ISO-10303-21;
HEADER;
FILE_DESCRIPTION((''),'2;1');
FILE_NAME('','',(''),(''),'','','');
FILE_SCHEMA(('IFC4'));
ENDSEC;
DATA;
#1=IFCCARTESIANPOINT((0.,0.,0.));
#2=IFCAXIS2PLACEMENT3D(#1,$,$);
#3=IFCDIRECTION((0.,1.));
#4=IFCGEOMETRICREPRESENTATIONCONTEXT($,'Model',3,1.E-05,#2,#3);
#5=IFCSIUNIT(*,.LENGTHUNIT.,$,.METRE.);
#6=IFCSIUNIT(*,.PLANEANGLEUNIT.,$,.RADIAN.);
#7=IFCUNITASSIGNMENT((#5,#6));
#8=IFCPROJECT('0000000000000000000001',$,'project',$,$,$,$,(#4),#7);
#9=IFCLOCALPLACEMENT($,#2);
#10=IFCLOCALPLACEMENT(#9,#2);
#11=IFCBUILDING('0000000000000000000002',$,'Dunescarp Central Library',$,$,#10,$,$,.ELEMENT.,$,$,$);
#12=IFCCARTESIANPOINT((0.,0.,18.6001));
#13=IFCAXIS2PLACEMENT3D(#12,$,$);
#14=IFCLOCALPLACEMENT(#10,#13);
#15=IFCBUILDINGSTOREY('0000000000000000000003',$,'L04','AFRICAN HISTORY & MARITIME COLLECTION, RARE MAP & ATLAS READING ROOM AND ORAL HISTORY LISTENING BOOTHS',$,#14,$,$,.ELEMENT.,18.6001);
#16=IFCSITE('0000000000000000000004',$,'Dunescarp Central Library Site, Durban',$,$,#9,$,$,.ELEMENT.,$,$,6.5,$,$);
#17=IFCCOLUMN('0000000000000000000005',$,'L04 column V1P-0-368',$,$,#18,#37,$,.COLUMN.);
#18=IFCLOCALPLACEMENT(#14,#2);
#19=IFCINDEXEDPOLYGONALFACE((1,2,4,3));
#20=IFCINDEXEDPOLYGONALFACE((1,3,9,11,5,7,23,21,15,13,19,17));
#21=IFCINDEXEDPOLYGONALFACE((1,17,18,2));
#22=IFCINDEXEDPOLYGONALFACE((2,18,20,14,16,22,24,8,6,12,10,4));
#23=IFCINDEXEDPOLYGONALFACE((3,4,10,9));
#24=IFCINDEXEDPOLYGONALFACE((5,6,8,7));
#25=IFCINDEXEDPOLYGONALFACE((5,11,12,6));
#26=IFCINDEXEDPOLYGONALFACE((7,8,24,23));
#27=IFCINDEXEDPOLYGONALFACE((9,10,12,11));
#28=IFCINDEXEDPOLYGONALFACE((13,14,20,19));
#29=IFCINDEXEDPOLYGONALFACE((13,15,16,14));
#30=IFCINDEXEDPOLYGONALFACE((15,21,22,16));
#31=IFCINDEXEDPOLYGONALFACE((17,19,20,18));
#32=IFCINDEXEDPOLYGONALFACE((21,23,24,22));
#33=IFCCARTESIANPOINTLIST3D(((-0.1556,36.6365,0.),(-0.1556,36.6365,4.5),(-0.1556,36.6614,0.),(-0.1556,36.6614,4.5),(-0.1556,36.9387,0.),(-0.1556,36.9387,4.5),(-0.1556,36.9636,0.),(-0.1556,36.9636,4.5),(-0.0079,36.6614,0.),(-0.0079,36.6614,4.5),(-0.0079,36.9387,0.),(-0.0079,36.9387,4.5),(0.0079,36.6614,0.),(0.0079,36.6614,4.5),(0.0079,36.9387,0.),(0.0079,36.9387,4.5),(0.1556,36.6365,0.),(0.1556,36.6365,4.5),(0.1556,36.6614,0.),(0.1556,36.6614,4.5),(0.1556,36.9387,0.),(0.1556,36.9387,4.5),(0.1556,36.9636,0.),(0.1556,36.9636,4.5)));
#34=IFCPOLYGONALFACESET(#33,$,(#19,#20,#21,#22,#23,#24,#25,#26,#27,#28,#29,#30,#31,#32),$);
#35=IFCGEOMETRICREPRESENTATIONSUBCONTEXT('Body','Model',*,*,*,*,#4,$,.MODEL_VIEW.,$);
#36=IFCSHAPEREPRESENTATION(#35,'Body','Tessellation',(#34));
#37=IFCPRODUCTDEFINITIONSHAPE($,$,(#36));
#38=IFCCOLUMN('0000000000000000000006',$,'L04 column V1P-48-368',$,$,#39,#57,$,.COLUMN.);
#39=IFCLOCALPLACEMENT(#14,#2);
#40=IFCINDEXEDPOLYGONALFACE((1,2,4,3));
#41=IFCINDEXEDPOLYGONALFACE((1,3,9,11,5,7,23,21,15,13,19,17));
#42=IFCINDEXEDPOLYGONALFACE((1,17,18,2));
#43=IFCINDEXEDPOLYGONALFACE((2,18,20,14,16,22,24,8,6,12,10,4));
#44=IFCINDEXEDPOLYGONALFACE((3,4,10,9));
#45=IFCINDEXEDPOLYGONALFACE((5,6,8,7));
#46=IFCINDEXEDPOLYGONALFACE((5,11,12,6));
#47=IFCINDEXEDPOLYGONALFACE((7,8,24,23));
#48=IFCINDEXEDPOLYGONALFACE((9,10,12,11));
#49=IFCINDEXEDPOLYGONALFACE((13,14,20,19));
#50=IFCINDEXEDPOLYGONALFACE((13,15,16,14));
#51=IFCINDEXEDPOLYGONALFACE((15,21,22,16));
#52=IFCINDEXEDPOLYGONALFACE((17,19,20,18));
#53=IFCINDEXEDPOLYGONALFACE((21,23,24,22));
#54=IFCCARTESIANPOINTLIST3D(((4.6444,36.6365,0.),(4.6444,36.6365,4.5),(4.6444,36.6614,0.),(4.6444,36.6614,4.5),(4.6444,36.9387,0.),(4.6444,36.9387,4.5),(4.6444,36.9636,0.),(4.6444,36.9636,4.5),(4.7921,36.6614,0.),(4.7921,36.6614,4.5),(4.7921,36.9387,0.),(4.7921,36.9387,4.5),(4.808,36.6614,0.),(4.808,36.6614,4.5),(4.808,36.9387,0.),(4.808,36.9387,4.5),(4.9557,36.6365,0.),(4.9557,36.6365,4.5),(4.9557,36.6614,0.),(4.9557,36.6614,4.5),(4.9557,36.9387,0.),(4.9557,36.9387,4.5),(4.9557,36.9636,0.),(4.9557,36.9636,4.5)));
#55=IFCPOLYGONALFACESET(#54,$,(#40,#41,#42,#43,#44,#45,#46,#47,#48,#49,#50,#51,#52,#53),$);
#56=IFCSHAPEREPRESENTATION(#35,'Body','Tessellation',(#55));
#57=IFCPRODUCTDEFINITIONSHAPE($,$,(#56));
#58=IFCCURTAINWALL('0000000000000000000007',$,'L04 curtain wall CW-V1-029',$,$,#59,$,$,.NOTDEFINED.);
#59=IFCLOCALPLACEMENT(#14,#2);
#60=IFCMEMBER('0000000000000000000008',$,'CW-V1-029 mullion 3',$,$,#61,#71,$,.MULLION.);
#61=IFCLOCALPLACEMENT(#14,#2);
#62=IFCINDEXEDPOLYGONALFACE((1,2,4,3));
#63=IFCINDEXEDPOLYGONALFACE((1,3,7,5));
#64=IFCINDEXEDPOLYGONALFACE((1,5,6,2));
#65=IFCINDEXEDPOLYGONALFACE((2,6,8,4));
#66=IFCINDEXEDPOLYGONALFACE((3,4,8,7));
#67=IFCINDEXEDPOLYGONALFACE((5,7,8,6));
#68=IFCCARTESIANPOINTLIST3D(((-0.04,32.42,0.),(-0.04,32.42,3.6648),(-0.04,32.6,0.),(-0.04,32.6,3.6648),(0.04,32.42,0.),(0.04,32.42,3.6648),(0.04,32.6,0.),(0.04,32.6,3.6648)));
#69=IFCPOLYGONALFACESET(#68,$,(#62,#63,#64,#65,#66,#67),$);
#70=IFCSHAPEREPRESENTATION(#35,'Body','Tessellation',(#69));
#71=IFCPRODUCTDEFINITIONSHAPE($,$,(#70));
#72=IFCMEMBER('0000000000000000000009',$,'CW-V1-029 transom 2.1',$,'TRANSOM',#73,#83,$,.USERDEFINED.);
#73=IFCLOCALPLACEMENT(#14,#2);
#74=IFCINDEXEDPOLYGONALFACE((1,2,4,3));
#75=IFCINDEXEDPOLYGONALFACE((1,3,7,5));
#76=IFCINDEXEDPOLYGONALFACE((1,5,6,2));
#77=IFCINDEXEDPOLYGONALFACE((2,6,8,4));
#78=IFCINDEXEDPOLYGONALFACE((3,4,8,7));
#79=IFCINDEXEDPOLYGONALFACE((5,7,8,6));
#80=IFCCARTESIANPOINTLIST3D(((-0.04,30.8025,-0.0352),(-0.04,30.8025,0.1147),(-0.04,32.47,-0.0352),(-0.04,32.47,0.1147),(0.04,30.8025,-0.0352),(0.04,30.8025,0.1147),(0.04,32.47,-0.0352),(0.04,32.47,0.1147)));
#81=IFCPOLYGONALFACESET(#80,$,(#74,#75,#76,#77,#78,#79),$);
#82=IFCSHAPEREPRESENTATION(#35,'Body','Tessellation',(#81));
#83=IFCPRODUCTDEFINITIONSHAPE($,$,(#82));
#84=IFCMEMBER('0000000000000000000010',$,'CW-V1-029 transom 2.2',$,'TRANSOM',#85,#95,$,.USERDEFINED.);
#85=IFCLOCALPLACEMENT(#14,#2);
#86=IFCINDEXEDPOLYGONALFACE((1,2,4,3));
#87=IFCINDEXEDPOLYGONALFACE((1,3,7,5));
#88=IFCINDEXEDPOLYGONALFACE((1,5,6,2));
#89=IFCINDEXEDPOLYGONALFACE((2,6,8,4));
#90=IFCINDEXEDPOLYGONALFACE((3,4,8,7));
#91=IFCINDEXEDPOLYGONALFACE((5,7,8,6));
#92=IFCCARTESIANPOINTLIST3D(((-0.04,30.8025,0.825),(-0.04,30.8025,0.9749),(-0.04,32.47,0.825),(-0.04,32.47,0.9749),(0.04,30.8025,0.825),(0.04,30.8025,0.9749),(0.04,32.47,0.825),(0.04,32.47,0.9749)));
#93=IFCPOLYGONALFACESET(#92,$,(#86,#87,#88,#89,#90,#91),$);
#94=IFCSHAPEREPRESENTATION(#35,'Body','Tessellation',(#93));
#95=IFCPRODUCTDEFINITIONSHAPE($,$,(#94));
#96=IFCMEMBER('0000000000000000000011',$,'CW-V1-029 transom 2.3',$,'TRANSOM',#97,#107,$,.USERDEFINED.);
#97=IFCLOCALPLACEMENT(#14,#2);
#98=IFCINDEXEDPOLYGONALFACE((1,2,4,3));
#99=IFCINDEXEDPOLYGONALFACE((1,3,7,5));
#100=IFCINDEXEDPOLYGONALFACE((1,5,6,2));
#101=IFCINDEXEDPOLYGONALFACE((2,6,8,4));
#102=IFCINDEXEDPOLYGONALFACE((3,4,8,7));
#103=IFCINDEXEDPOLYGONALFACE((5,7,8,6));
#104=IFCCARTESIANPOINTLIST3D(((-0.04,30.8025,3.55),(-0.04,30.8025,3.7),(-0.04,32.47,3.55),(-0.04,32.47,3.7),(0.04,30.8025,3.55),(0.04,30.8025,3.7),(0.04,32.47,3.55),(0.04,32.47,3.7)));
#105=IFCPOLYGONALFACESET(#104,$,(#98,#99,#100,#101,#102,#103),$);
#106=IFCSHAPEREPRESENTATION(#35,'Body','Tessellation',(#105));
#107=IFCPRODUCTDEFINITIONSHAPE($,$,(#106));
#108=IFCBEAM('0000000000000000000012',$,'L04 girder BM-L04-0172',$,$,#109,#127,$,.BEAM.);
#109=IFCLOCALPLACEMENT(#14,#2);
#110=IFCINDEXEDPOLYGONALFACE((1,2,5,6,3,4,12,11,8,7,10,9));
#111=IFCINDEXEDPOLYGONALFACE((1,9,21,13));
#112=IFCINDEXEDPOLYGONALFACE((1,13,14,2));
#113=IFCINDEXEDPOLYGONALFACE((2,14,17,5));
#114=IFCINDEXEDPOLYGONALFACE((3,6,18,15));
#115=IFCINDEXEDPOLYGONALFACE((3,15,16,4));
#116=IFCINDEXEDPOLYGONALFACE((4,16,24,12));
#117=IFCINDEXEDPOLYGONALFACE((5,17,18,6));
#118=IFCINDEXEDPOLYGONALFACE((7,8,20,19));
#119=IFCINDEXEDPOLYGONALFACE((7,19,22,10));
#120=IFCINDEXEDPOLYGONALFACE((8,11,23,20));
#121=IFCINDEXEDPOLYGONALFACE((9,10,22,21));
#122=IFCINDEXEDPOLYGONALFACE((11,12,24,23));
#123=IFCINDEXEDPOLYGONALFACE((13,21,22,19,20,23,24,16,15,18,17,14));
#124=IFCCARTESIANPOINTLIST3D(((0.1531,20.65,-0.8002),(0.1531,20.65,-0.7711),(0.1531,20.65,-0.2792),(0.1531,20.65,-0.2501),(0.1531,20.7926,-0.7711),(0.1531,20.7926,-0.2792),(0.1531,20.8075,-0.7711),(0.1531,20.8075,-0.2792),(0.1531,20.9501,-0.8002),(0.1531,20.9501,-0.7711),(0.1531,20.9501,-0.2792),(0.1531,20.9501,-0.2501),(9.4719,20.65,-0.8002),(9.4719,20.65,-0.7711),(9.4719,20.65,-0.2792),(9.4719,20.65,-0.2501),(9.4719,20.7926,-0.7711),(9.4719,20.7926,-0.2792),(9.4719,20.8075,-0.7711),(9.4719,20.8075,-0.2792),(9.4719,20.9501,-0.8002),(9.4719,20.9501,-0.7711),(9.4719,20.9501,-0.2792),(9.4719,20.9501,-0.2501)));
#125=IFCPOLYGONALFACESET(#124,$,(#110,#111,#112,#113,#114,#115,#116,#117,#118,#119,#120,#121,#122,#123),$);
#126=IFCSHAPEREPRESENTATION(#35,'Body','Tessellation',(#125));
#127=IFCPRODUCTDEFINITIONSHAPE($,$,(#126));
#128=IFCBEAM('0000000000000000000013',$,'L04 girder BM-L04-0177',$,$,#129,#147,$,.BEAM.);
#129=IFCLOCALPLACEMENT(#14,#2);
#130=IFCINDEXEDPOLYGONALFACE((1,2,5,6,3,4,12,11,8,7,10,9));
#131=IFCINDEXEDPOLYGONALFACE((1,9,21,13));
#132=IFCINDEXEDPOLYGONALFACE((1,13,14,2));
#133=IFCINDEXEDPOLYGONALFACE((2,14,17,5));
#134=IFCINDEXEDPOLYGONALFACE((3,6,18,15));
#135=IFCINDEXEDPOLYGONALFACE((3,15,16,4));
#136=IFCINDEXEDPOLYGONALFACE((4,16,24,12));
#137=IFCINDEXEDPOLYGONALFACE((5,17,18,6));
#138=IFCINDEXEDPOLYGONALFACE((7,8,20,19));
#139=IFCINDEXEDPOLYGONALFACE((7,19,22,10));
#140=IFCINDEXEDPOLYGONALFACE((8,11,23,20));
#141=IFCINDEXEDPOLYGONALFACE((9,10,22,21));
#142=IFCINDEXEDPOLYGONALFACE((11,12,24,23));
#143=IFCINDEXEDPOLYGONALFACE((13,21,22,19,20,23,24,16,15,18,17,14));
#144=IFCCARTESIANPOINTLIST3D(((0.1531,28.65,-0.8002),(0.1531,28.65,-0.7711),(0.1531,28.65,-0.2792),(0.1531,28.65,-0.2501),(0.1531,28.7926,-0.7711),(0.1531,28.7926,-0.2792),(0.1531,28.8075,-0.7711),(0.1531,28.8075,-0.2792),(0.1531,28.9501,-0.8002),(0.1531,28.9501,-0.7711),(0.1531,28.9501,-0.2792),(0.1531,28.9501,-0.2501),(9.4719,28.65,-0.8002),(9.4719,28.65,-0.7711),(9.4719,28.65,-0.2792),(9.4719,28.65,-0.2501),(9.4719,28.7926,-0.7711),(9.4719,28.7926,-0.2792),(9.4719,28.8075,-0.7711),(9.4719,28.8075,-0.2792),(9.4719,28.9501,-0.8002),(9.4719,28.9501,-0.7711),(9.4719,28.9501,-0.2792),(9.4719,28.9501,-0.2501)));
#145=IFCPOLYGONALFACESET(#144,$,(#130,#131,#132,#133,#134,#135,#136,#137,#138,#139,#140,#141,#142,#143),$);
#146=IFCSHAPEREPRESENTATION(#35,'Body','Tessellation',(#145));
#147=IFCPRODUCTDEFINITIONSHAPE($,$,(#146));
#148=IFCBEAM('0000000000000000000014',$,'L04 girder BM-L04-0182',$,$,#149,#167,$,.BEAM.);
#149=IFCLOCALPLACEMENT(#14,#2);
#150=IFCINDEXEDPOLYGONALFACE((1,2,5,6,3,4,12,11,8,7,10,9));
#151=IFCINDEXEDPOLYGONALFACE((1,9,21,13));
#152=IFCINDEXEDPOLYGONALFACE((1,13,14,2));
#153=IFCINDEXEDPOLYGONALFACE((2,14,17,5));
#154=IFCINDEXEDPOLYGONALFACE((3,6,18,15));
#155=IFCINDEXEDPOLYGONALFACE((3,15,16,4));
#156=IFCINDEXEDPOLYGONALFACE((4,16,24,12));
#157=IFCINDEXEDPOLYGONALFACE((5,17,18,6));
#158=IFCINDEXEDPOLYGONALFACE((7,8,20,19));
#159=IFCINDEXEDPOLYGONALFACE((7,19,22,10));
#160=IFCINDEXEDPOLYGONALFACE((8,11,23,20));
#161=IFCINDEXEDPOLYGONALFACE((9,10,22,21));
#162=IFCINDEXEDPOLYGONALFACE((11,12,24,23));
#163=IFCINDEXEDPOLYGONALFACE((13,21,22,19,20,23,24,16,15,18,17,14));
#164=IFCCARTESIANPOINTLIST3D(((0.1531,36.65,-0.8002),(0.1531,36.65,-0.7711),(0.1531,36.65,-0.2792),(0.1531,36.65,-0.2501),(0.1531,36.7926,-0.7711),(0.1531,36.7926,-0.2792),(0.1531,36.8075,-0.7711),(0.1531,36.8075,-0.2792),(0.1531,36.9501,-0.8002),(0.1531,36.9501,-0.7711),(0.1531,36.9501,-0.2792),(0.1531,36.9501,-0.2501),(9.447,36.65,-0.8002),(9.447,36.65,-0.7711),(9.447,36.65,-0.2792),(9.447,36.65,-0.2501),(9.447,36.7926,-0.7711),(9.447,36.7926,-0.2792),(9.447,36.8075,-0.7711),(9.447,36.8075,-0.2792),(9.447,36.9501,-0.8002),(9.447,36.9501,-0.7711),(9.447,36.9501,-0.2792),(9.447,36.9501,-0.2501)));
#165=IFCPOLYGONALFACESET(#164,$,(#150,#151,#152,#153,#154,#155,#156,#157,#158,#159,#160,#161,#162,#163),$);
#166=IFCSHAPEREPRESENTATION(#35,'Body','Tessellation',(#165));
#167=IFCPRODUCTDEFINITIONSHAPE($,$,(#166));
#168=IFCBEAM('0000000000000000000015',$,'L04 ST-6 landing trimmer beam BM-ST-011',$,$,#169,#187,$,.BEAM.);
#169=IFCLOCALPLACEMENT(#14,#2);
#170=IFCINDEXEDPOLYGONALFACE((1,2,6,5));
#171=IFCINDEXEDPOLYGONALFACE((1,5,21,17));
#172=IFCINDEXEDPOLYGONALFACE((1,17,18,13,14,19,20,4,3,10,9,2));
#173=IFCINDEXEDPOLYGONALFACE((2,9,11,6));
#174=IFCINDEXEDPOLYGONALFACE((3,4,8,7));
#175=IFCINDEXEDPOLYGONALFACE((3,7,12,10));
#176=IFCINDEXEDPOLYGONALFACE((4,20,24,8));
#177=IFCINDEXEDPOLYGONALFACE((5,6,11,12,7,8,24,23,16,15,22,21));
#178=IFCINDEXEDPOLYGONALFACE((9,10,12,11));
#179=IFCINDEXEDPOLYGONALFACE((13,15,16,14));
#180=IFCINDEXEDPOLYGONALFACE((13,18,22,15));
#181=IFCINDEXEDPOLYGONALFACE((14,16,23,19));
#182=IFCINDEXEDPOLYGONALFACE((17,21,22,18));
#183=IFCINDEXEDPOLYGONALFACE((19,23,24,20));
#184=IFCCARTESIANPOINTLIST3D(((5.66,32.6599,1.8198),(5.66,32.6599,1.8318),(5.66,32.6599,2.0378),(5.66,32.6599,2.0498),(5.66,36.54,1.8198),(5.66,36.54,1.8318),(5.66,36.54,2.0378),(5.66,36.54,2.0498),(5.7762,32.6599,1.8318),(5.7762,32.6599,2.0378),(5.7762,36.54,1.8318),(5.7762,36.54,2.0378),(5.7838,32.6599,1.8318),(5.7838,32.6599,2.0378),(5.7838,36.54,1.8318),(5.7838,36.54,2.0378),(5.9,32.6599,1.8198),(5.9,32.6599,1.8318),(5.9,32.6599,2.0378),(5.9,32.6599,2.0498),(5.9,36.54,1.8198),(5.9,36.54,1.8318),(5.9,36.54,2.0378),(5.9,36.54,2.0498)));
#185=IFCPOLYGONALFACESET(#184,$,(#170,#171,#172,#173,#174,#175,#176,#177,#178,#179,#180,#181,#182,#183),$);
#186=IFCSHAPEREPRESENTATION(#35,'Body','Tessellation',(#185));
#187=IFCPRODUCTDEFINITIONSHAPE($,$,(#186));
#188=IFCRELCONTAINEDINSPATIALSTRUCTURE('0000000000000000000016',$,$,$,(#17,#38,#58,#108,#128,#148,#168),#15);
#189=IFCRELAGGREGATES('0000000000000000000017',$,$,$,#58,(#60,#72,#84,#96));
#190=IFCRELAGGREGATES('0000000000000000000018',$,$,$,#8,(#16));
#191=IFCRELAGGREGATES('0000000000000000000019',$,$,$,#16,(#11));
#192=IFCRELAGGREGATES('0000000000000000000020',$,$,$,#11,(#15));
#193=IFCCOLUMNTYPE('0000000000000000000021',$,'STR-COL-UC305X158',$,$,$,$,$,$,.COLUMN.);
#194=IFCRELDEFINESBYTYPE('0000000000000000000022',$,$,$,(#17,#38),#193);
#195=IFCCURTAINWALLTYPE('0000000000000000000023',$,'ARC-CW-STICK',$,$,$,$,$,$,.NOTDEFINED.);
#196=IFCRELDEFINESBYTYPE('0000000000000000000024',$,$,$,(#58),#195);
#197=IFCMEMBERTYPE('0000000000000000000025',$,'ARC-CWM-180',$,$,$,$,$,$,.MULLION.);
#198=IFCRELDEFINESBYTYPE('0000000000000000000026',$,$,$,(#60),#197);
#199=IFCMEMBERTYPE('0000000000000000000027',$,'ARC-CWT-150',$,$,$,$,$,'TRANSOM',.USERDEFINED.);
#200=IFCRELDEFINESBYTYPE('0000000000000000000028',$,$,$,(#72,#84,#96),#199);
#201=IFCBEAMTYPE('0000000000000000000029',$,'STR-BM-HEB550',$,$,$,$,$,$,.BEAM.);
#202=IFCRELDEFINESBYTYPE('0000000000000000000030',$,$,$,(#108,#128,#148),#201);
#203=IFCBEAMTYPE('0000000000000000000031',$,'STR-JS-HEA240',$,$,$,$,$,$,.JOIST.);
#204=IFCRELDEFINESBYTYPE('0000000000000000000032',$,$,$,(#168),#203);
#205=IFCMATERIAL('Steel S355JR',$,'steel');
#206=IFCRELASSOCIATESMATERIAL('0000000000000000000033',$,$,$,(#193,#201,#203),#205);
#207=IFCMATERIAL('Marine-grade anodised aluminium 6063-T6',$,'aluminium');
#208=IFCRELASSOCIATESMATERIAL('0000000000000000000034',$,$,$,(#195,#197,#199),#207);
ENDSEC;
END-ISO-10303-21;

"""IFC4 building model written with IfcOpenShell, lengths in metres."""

from ifc_helpers import new_model, si_unit, direction, frame, origin, origin_2d, place, context, subcontext, project, spatial, rectangle, i_section, extrude, material, material_profile, profile_set, type_object, element, aggregate, save


model = new_model("IFC4")

# Units and contexts
model_context = context("Model", 3, precision=1e-05, world=origin(), true_north=direction((0.0, 1.0)))
body_context = subcontext(model_context, "Body", "Model", "MODEL_VIEW")
ifc_project = project(units=[si_unit("LENGTHUNIT", "METRE"), si_unit("PLANEANGLEUNIT", "RADIAN")], contexts=[model_context])

# Site, building, storey
site_placement = place(None, origin())
site = spatial("IfcSite", under=ifc_project, at=site_placement, Name="Dunescarp Central Library Site, Durban", CompositionType="ELEMENT", RefElevation=6.5)
building_placement = place(site_placement, origin())
building = spatial("IfcBuilding", under=site, at=building_placement, Name="Dunescarp Central Library", CompositionType="ELEMENT")
storey_placement = place(building_placement, frame((0.0, 0.0, 18.6001)))
storey = spatial("IfcBuildingStorey", under=building, at=storey_placement, Name="L04", Description="AFRICAN HISTORY & MARITIME COLLECTION, RARE MAP & ATLAS READING ROOM AND ORAL HISTORY LISTENING BOOTHS", CompositionType="ELEMENT", Elevation=18.6001)

# Columns
ifc_material_1 = material(Name="Steel S355JR", Category="steel")
ifc_material_profile_1 = material_profile(ifc_material_1, i_section(OverallWidth=0.3113, OverallDepth=0.3271, WebThickness=0.0159, FlangeThickness=0.0249, at=origin_2d()), Name="UC 305x305x158")
ifc_profile_set_1 = profile_set([ifc_material_profile_1], Name="Steel S355JR")
column_type = type_object("IfcColumnType", Name="STR-COL-UC305X158", PredefinedType="COLUMN", material=ifc_profile_set_1)
for number, where, z_axis, x_axis, name in (
    (1, (0.0, 36.8, 0.0), (0.0, 0.0, 1.0), (1.0, 0.0, 0.0), "L04 column V1P-0-368"),
    (2, (4.8, 36.8, 0.0), (0.0, 0.0, 1.0), (1.0, 0.0, 0.0), "L04 column V1P-48-368"),
):
    element("IfcColumn", number, at=place(storey_placement, frame(where, z_axis=z_axis, x_axis=x_axis)), inside=storey, type_object=column_type, Name=name, PredefinedType="COLUMN", context=body_context, shape_type="SweptSolid", body=[
        extrude(i_section(OverallWidth=0.3113, OverallDepth=0.3271, WebThickness=0.0159, FlangeThickness=0.0249, at=origin_2d()), origin(), (0.0, 0.0, 1.0), 4.5),
    ])

# Curtain wall, members
ifc_material_2 = material(Name="Marine-grade anodised aluminium 6063-T6", Category="aluminium")
curtain_wall_type = type_object("IfcCurtainWallType", Name="ARC-CW-STICK", PredefinedType="NOTDEFINED", material=ifc_material_2)
curtain_wall_placement = place(storey_placement, origin())
curtain_wall = element("IfcCurtainWall", 3, at=curtain_wall_placement, inside=storey, type_object=curtain_wall_type, Name="L04 curtain wall CW-V1-029", PredefinedType="NOTDEFINED")
ifc_material_profile_2 = material_profile(ifc_material_2, rectangle(XDim=0.0801, YDim=0.1799, at=origin_2d()), Name="AL 80x180")
ifc_profile_set_2 = profile_set([ifc_material_profile_2], Name="Marine-grade anodised aluminium 6063-T6")
member_type_1 = type_object("IfcMemberType", Name="ARC-CWM-180", PredefinedType="MULLION", material=ifc_profile_set_2)
member_1_placement = place(storey_placement, frame((0.0, 32.51, 0.0), z_axis=(0.0, 0.0, 1.0), x_axis=(-1.0, 0.0, 0.0)))
member_1 = element("IfcMember", 4, at=member_1_placement, type_object=member_type_1, Name="CW-V1-029 mullion 3", PredefinedType="MULLION", context=body_context, shape_type="SweptSolid", body=[
    extrude(rectangle(XDim=0.0801, YDim=0.1799, at=origin_2d()), origin(), (0.0, 0.0, 1.0), 3.6648),
])
ifc_material_profile_3 = material_profile(ifc_material_2, rectangle(XDim=0.0801, YDim=0.1499, at=origin_2d()), Name="AL 80x150")
ifc_profile_set_3 = profile_set([ifc_material_profile_3], Name="Marine-grade anodised aluminium 6063-T6")
member_type_2 = type_object("IfcMemberType", Name="ARC-CWT-150", ElementType="TRANSOM", PredefinedType="USERDEFINED", material=ifc_profile_set_3)
member_2_placement = place(storey_placement, frame((0.0, 30.8025, 0.0398), z_axis=(0.0, 1.0, 0.0), x_axis=(-1.0, 0.0, 0.0)))
member_2 = element("IfcMember", 5, at=member_2_placement, type_object=member_type_2, Name="CW-V1-029 transom 2.1", ObjectType="TRANSOM", PredefinedType="USERDEFINED", context=body_context, shape_type="SweptSolid", body=[
    extrude(rectangle(XDim=0.0801, YDim=0.1499, at=origin_2d()), origin(), (0.0, 0.0, 1.0), 1.6675),
])
member_3_placement = place(storey_placement, frame((0.0, 30.8025, 0.8999), z_axis=(0.0, 1.0, 0.0), x_axis=(-1.0, 0.0, 0.0)))
member_3 = element("IfcMember", 6, at=member_3_placement, type_object=member_type_2, Name="CW-V1-029 transom 2.2", ObjectType="TRANSOM", PredefinedType="USERDEFINED", context=body_context, shape_type="SweptSolid", body=[
    extrude(rectangle(XDim=0.0801, YDim=0.1499, at=origin_2d()), origin(), (0.0, 0.0, 1.0), 1.6675),
])
member_4_placement = place(storey_placement, frame((0.0, 30.8025, 3.625), z_axis=(0.0, 1.0, 0.0), x_axis=(-1.0, 0.0, 0.0)))
member_4 = element("IfcMember", 7, at=member_4_placement, type_object=member_type_2, Name="CW-V1-029 transom 2.3", ObjectType="TRANSOM", PredefinedType="USERDEFINED", context=body_context, shape_type="SweptSolid", body=[
    extrude(rectangle(XDim=0.0801, YDim=0.1499, at=origin_2d()), origin(), (0.0, 0.0, 1.0), 1.6675),
])

# Beams
ifc_material_profile_4 = material_profile(ifc_material_1, i_section(OverallWidth=0.3, OverallDepth=0.55, WebThickness=0.0149, FlangeThickness=0.0291, at=origin_2d()), Name="HEB 550")
ifc_profile_set_4 = profile_set([ifc_material_profile_4], Name="Steel S355JR")
beam_type_1 = type_object("IfcBeamType", Name="STR-BM-HEB550", PredefinedType="BEAM", material=ifc_profile_set_4)
for number, where, z_axis, x_axis, name in (
    (8, (0.1531, 20.8, -0.5251), (1.0, 0.0, 0.0), (0.0, 1.0, 0.0), "L04 girder BM-L04-0172"),
    (9, (0.1531, 28.8, -0.5251), (1.0, 0.0, 0.0), (0.0, 1.0, 0.0), "L04 girder BM-L04-0177"),
):
    element("IfcBeam", number, at=place(storey_placement, frame(where, z_axis=z_axis, x_axis=x_axis)), inside=storey, type_object=beam_type_1, Name=name, PredefinedType="BEAM", context=body_context, shape_type="SweptSolid", body=[
        extrude(i_section(OverallWidth=0.3, OverallDepth=0.55, WebThickness=0.0149, FlangeThickness=0.0291, at=origin_2d()), origin(), (0.0, 0.0, 1.0), 9.3188),
    ])
beam_1_placement = place(storey_placement, frame((0.1531, 36.8, -0.5251), z_axis=(1.0, 0.0, 0.0), x_axis=(0.0, 1.0, 0.0)))
element("IfcBeam", 10, at=beam_1_placement, inside=storey, type_object=beam_type_1, Name="L04 girder BM-L04-0182", PredefinedType="BEAM", context=body_context, shape_type="SweptSolid", body=[
    extrude(i_section(OverallWidth=0.3, OverallDepth=0.55, WebThickness=0.0149, FlangeThickness=0.0291, at=origin_2d()), origin(), (0.0, 0.0, 1.0), 9.2939),
])
ifc_material_profile_5 = material_profile(ifc_material_1, i_section(OverallWidth=0.24, OverallDepth=0.23, WebThickness=0.0076, FlangeThickness=0.012, at=origin_2d()), Name="HEA 240")
ifc_profile_set_5 = profile_set([ifc_material_profile_5], Name="Steel S355JR")
beam_type_2 = type_object("IfcBeamType", Name="STR-JS-HEA240", PredefinedType="JOIST", material=ifc_profile_set_5)
beam_2_placement = place(storey_placement, frame((5.78, 32.6599, 1.9348), z_axis=(0.0, 1.0, 0.0), x_axis=(-1.0, 0.0, 0.0)))
element("IfcBeam", 11, at=beam_2_placement, inside=storey, type_object=beam_type_2, Name="L04 ST-6 landing trimmer beam BM-ST-011", PredefinedType="BEAM", context=body_context, shape_type="SweptSolid", body=[
    extrude(i_section(OverallWidth=0.24, OverallDepth=0.23, WebThickness=0.0076, FlangeThickness=0.012, at=origin_2d()), origin(), (0.0, 0.0, 1.0), 3.8801),
])

aggregate(curtain_wall, [member_1, member_2, member_3, member_4])

save(model, "model.ifc")
